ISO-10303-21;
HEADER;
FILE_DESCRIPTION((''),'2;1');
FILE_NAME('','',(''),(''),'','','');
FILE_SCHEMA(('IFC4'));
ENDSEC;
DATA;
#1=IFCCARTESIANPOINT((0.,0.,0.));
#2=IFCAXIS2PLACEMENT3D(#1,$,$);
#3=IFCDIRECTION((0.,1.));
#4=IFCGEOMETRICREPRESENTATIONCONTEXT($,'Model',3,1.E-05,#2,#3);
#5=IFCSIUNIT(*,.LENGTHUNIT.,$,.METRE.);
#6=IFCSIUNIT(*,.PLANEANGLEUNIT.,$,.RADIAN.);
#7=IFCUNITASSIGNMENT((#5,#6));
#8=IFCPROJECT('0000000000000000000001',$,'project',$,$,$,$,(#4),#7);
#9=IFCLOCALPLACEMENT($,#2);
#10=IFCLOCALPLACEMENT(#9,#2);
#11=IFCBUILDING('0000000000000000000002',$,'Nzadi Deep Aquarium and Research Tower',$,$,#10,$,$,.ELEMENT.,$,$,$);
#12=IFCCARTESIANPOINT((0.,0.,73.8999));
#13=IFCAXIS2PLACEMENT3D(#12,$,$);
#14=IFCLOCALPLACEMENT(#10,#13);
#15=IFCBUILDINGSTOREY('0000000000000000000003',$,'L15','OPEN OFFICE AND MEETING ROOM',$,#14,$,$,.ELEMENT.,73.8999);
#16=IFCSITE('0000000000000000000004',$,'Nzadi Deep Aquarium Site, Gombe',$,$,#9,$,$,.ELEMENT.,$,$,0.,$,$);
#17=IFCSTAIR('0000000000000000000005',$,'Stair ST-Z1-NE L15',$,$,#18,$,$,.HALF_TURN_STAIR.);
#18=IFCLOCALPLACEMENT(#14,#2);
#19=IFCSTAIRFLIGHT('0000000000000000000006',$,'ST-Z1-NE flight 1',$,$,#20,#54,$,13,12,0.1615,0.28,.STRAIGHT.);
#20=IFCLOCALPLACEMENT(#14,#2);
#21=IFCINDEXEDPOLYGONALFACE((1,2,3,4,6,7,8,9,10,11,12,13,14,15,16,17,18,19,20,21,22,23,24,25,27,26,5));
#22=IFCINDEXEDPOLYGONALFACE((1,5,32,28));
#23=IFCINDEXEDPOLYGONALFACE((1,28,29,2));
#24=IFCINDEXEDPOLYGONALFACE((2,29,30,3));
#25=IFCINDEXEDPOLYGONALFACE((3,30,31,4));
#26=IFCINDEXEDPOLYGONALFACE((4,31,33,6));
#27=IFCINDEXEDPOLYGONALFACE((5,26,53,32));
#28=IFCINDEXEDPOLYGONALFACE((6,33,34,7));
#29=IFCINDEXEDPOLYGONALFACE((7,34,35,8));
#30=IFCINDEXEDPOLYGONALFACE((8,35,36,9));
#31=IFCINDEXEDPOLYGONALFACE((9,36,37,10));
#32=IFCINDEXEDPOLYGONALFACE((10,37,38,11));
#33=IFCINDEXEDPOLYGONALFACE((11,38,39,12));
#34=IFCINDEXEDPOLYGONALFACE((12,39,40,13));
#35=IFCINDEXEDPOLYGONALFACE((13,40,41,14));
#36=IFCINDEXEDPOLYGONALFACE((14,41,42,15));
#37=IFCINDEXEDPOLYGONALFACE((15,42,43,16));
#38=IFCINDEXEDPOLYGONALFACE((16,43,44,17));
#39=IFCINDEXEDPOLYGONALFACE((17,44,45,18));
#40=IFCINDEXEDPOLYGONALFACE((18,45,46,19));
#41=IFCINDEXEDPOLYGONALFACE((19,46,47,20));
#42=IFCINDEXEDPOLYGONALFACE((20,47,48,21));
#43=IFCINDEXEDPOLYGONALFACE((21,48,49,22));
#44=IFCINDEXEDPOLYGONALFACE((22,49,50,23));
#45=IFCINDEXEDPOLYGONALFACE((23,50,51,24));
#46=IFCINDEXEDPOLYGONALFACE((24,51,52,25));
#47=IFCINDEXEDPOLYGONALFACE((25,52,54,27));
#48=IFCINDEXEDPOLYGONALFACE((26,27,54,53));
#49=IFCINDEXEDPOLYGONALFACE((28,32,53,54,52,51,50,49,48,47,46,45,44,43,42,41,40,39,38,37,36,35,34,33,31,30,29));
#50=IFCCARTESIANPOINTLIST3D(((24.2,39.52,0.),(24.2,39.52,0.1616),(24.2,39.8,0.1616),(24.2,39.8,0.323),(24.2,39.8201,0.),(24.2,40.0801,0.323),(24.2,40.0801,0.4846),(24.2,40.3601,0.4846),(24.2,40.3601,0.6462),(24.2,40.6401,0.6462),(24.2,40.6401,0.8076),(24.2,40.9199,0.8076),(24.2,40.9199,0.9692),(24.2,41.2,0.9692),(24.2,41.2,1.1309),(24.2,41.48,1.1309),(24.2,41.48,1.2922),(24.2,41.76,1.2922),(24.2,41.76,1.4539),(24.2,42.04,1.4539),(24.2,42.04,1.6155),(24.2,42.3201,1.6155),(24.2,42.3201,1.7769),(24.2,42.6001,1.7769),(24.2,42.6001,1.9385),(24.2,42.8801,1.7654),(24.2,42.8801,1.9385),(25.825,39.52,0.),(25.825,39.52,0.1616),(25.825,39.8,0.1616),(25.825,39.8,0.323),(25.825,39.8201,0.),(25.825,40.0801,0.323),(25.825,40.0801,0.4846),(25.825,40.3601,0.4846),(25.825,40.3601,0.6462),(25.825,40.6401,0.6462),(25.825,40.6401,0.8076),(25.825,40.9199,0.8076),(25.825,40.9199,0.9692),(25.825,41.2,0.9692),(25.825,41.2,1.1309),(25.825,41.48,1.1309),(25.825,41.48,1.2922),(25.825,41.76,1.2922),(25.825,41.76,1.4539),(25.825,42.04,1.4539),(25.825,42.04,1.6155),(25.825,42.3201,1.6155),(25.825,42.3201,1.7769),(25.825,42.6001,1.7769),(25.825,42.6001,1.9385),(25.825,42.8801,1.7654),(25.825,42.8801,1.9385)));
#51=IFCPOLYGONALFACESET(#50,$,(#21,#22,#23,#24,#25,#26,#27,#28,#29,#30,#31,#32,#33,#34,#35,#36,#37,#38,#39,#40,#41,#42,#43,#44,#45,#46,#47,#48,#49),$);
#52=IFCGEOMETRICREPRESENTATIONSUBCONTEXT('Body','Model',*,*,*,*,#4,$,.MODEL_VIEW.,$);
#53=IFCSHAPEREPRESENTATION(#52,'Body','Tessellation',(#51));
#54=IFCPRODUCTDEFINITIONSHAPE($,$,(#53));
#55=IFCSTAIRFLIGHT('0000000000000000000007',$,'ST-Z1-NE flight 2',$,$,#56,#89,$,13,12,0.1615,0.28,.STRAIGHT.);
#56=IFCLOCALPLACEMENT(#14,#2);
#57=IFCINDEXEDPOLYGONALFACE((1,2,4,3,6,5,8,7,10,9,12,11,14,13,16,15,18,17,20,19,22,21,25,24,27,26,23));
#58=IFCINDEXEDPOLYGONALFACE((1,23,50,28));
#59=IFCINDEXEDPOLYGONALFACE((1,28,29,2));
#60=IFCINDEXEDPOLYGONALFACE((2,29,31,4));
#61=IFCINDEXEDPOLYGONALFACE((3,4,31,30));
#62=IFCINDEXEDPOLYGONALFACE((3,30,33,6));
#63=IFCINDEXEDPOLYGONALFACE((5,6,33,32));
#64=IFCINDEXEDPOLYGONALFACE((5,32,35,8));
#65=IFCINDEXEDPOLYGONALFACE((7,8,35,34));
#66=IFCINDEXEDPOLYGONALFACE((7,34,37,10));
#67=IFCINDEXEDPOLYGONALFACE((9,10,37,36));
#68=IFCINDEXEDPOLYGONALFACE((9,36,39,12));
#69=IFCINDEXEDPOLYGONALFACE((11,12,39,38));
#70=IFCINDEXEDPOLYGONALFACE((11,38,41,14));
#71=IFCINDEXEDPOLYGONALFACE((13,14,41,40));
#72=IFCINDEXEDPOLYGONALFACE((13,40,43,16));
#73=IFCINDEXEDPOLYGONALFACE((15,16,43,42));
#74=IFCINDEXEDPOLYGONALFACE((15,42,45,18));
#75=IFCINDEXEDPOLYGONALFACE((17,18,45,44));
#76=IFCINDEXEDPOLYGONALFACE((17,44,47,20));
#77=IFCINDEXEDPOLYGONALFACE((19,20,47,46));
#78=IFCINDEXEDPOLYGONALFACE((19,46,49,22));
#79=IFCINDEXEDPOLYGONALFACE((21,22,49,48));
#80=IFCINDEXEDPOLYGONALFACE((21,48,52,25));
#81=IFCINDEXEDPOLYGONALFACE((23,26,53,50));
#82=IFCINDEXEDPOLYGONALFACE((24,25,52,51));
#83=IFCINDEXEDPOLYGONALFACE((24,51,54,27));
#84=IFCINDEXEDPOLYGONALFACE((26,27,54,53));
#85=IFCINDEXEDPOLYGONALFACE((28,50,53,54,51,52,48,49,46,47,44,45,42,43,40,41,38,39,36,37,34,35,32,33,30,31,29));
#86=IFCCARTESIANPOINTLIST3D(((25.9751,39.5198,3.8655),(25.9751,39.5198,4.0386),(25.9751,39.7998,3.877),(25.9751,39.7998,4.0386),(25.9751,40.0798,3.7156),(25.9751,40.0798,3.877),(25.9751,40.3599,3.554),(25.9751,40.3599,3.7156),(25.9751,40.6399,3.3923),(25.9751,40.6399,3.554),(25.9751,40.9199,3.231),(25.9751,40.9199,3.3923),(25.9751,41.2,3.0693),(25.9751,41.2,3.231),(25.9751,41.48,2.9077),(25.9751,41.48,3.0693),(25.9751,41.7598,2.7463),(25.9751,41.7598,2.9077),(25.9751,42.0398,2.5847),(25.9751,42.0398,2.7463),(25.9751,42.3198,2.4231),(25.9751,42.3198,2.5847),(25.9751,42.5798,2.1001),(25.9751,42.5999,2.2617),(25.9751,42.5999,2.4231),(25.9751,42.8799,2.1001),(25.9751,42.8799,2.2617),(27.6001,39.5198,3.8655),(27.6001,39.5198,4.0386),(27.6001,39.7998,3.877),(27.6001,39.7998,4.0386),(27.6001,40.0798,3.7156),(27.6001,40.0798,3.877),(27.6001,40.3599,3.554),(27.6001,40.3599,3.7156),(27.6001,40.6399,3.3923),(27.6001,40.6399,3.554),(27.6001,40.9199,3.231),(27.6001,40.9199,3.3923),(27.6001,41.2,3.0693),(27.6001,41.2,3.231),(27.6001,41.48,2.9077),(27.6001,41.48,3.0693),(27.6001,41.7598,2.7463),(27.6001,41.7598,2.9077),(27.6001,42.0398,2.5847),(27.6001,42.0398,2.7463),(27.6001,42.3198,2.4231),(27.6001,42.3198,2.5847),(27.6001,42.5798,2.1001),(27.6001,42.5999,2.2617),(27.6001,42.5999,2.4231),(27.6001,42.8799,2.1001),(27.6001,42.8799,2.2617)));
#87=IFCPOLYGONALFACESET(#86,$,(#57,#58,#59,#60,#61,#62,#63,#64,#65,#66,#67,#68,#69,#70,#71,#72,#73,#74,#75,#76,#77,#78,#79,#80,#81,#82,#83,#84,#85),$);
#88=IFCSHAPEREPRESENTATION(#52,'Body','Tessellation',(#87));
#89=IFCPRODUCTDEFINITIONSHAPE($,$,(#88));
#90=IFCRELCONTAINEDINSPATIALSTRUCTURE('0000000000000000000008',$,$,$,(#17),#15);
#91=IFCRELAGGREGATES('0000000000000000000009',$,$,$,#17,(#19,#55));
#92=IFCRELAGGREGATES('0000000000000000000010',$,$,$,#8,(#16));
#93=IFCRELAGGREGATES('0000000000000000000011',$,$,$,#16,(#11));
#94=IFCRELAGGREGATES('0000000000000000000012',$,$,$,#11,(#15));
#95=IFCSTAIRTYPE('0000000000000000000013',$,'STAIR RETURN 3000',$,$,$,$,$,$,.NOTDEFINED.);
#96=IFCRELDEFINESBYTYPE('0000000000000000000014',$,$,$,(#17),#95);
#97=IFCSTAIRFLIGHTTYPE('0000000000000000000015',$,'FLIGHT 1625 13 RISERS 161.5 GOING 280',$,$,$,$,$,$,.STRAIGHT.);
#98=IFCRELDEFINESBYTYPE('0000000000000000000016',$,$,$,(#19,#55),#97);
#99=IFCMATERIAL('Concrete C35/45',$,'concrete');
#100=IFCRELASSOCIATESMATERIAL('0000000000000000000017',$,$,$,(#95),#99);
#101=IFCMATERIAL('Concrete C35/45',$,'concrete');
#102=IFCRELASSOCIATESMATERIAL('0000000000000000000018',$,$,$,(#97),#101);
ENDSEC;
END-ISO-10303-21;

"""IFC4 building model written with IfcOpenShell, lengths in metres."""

from ifc_helpers import new_model, si_unit, direction, frame, origin, place, context, subcontext, project, spatial, polyline, outline, extrude, material, type_object, element, aggregate, save


model = new_model("IFC4")

# Units and contexts
model_context = context("Model", 3, precision=1e-05, world=origin(), true_north=direction((0.0, 1.0)))
body_context = subcontext(model_context, "Body", "Model", "MODEL_VIEW")
ifc_project = project(units=[si_unit("LENGTHUNIT", "METRE"), si_unit("PLANEANGLEUNIT", "RADIAN")], contexts=[model_context])

# Site, building, storey
site_placement = place(None, origin())
site = spatial("IfcSite", under=ifc_project, at=site_placement, Name="Nzadi Deep Aquarium Site, Gombe", CompositionType="ELEMENT", RefElevation=0.0)
building_placement = place(site_placement, origin())
building = spatial("IfcBuilding", under=site, at=building_placement, Name="Nzadi Deep Aquarium and Research Tower", CompositionType="ELEMENT")
storey_placement = place(building_placement, frame((0.0, 0.0, 73.8999)))
storey = spatial("IfcBuildingStorey", under=building, at=storey_placement, Name="L15", Description="OPEN OFFICE AND MEETING ROOM", CompositionType="ELEMENT", Elevation=73.8999)

# Stair, stair flights
ifc_material_1 = material(Name="Concrete C35/45", Category="concrete")
stair_type = type_object("IfcStairType", Name="STAIR RETURN 3000", PredefinedType="NOTDEFINED", material=ifc_material_1)
stair_placement = place(storey_placement, origin())
stair = element("IfcStair", 1, at=stair_placement, inside=storey, type_object=stair_type, Name="Stair ST-Z1-NE L15", PredefinedType="HALF_TURN_STAIR")
ifc_material_2 = material(Name="Concrete C35/45", Category="concrete")
stair_flight_type = type_object("IfcStairFlightType", Name="FLIGHT 1625 13 RISERS 161.5 GOING 280", PredefinedType="STRAIGHT", material=ifc_material_2)
stair_flight_1_placement = place(storey_placement, frame((25.0125, 39.52, 0.0), z_axis=(0.0, 0.0, 1.0), x_axis=(0.0, 1.0, 0.0)))
stair_flight_1 = element("IfcStairFlight", 2, at=stair_flight_1_placement, type_object=stair_flight_type, Name="ST-Z1-NE flight 1", NumberOfRisers=13, NumberOfTreads=12, PredefinedType="STRAIGHT", RiserHeight=0.1615, TreadLength=0.28, context=body_context, shape_type="SweptSolid", body=[
    extrude(outline(polyline([(0.0, 0.0), (0.0, 0.1616), (0.28, 0.1616), (0.28, 0.323), (0.5601, 0.323), (0.5601, 0.4846), (0.8401, 0.4846), (0.8401, 0.6462), (1.1201, 0.6462), (1.1201, 0.8076), (1.3999, 0.8076), (1.3999, 0.9692), (1.6799, 0.9692), (1.6799, 1.1309), (1.96, 1.1309), (1.96, 1.2922), (2.24, 1.2922), (2.24, 1.4539), (2.52, 1.4539), (2.52, 1.6155), (2.8, 1.6155), (2.8, 1.7769), (3.0801, 1.7769), (3.0801, 1.9385), (3.3601, 1.9385), (3.3601, 2.1001), (3.3601, 1.7654), (0.3, 0.0), (0.0, 0.0)])), frame((0.0, 0.8125, 0.0), z_axis=(0.0, -1.0, 0.0), x_axis=(1.0, 0.0, 0.0)), (0.0, 0.0, 1.0), 1.625),
])
stair_flight_2_placement = place(storey_placement, frame((26.7876, 42.8799, 2.1001), z_axis=(0.0, 0.0, 1.0), x_axis=(0.0, -1.0, 0.0)))
stair_flight_2 = element("IfcStairFlight", 3, at=stair_flight_2_placement, type_object=stair_flight_type, Name="ST-Z1-NE flight 2", NumberOfRisers=13, NumberOfTreads=12, PredefinedType="STRAIGHT", RiserHeight=0.1615, TreadLength=0.28, context=body_context, shape_type="SweptSolid", body=[
    extrude(outline(polyline([(0.0, 0.0), (0.0, 0.1616), (0.28, 0.1616), (0.28, 0.323), (0.5601, 0.323), (0.5601, 0.4846), (0.8401, 0.4846), (0.8401, 0.6462), (1.1201, 0.6462), (1.1201, 0.8076), (1.3999, 0.8076), (1.3999, 0.9692), (1.6799, 0.9692), (1.6799, 1.1309), (1.96, 1.1309), (1.96, 1.2922), (2.24, 1.2922), (2.24, 1.4539), (2.52, 1.4539), (2.52, 1.6155), (2.8, 1.6155), (2.8, 1.7769), (3.0801, 1.7769), (3.0801, 1.9385), (3.3601, 1.9385), (3.3601, 2.1001), (3.3601, 1.7654), (0.3, 0.0), (0.0, 0.0)])), frame((0.0, 0.8125, 0.0), z_axis=(0.0, -1.0, 0.0), x_axis=(1.0, 0.0, 0.0)), (0.0, 0.0, 1.0), 1.625),
])
aggregate(stair, [stair_flight_1, stair_flight_2])

save(model, "model.ifc")
